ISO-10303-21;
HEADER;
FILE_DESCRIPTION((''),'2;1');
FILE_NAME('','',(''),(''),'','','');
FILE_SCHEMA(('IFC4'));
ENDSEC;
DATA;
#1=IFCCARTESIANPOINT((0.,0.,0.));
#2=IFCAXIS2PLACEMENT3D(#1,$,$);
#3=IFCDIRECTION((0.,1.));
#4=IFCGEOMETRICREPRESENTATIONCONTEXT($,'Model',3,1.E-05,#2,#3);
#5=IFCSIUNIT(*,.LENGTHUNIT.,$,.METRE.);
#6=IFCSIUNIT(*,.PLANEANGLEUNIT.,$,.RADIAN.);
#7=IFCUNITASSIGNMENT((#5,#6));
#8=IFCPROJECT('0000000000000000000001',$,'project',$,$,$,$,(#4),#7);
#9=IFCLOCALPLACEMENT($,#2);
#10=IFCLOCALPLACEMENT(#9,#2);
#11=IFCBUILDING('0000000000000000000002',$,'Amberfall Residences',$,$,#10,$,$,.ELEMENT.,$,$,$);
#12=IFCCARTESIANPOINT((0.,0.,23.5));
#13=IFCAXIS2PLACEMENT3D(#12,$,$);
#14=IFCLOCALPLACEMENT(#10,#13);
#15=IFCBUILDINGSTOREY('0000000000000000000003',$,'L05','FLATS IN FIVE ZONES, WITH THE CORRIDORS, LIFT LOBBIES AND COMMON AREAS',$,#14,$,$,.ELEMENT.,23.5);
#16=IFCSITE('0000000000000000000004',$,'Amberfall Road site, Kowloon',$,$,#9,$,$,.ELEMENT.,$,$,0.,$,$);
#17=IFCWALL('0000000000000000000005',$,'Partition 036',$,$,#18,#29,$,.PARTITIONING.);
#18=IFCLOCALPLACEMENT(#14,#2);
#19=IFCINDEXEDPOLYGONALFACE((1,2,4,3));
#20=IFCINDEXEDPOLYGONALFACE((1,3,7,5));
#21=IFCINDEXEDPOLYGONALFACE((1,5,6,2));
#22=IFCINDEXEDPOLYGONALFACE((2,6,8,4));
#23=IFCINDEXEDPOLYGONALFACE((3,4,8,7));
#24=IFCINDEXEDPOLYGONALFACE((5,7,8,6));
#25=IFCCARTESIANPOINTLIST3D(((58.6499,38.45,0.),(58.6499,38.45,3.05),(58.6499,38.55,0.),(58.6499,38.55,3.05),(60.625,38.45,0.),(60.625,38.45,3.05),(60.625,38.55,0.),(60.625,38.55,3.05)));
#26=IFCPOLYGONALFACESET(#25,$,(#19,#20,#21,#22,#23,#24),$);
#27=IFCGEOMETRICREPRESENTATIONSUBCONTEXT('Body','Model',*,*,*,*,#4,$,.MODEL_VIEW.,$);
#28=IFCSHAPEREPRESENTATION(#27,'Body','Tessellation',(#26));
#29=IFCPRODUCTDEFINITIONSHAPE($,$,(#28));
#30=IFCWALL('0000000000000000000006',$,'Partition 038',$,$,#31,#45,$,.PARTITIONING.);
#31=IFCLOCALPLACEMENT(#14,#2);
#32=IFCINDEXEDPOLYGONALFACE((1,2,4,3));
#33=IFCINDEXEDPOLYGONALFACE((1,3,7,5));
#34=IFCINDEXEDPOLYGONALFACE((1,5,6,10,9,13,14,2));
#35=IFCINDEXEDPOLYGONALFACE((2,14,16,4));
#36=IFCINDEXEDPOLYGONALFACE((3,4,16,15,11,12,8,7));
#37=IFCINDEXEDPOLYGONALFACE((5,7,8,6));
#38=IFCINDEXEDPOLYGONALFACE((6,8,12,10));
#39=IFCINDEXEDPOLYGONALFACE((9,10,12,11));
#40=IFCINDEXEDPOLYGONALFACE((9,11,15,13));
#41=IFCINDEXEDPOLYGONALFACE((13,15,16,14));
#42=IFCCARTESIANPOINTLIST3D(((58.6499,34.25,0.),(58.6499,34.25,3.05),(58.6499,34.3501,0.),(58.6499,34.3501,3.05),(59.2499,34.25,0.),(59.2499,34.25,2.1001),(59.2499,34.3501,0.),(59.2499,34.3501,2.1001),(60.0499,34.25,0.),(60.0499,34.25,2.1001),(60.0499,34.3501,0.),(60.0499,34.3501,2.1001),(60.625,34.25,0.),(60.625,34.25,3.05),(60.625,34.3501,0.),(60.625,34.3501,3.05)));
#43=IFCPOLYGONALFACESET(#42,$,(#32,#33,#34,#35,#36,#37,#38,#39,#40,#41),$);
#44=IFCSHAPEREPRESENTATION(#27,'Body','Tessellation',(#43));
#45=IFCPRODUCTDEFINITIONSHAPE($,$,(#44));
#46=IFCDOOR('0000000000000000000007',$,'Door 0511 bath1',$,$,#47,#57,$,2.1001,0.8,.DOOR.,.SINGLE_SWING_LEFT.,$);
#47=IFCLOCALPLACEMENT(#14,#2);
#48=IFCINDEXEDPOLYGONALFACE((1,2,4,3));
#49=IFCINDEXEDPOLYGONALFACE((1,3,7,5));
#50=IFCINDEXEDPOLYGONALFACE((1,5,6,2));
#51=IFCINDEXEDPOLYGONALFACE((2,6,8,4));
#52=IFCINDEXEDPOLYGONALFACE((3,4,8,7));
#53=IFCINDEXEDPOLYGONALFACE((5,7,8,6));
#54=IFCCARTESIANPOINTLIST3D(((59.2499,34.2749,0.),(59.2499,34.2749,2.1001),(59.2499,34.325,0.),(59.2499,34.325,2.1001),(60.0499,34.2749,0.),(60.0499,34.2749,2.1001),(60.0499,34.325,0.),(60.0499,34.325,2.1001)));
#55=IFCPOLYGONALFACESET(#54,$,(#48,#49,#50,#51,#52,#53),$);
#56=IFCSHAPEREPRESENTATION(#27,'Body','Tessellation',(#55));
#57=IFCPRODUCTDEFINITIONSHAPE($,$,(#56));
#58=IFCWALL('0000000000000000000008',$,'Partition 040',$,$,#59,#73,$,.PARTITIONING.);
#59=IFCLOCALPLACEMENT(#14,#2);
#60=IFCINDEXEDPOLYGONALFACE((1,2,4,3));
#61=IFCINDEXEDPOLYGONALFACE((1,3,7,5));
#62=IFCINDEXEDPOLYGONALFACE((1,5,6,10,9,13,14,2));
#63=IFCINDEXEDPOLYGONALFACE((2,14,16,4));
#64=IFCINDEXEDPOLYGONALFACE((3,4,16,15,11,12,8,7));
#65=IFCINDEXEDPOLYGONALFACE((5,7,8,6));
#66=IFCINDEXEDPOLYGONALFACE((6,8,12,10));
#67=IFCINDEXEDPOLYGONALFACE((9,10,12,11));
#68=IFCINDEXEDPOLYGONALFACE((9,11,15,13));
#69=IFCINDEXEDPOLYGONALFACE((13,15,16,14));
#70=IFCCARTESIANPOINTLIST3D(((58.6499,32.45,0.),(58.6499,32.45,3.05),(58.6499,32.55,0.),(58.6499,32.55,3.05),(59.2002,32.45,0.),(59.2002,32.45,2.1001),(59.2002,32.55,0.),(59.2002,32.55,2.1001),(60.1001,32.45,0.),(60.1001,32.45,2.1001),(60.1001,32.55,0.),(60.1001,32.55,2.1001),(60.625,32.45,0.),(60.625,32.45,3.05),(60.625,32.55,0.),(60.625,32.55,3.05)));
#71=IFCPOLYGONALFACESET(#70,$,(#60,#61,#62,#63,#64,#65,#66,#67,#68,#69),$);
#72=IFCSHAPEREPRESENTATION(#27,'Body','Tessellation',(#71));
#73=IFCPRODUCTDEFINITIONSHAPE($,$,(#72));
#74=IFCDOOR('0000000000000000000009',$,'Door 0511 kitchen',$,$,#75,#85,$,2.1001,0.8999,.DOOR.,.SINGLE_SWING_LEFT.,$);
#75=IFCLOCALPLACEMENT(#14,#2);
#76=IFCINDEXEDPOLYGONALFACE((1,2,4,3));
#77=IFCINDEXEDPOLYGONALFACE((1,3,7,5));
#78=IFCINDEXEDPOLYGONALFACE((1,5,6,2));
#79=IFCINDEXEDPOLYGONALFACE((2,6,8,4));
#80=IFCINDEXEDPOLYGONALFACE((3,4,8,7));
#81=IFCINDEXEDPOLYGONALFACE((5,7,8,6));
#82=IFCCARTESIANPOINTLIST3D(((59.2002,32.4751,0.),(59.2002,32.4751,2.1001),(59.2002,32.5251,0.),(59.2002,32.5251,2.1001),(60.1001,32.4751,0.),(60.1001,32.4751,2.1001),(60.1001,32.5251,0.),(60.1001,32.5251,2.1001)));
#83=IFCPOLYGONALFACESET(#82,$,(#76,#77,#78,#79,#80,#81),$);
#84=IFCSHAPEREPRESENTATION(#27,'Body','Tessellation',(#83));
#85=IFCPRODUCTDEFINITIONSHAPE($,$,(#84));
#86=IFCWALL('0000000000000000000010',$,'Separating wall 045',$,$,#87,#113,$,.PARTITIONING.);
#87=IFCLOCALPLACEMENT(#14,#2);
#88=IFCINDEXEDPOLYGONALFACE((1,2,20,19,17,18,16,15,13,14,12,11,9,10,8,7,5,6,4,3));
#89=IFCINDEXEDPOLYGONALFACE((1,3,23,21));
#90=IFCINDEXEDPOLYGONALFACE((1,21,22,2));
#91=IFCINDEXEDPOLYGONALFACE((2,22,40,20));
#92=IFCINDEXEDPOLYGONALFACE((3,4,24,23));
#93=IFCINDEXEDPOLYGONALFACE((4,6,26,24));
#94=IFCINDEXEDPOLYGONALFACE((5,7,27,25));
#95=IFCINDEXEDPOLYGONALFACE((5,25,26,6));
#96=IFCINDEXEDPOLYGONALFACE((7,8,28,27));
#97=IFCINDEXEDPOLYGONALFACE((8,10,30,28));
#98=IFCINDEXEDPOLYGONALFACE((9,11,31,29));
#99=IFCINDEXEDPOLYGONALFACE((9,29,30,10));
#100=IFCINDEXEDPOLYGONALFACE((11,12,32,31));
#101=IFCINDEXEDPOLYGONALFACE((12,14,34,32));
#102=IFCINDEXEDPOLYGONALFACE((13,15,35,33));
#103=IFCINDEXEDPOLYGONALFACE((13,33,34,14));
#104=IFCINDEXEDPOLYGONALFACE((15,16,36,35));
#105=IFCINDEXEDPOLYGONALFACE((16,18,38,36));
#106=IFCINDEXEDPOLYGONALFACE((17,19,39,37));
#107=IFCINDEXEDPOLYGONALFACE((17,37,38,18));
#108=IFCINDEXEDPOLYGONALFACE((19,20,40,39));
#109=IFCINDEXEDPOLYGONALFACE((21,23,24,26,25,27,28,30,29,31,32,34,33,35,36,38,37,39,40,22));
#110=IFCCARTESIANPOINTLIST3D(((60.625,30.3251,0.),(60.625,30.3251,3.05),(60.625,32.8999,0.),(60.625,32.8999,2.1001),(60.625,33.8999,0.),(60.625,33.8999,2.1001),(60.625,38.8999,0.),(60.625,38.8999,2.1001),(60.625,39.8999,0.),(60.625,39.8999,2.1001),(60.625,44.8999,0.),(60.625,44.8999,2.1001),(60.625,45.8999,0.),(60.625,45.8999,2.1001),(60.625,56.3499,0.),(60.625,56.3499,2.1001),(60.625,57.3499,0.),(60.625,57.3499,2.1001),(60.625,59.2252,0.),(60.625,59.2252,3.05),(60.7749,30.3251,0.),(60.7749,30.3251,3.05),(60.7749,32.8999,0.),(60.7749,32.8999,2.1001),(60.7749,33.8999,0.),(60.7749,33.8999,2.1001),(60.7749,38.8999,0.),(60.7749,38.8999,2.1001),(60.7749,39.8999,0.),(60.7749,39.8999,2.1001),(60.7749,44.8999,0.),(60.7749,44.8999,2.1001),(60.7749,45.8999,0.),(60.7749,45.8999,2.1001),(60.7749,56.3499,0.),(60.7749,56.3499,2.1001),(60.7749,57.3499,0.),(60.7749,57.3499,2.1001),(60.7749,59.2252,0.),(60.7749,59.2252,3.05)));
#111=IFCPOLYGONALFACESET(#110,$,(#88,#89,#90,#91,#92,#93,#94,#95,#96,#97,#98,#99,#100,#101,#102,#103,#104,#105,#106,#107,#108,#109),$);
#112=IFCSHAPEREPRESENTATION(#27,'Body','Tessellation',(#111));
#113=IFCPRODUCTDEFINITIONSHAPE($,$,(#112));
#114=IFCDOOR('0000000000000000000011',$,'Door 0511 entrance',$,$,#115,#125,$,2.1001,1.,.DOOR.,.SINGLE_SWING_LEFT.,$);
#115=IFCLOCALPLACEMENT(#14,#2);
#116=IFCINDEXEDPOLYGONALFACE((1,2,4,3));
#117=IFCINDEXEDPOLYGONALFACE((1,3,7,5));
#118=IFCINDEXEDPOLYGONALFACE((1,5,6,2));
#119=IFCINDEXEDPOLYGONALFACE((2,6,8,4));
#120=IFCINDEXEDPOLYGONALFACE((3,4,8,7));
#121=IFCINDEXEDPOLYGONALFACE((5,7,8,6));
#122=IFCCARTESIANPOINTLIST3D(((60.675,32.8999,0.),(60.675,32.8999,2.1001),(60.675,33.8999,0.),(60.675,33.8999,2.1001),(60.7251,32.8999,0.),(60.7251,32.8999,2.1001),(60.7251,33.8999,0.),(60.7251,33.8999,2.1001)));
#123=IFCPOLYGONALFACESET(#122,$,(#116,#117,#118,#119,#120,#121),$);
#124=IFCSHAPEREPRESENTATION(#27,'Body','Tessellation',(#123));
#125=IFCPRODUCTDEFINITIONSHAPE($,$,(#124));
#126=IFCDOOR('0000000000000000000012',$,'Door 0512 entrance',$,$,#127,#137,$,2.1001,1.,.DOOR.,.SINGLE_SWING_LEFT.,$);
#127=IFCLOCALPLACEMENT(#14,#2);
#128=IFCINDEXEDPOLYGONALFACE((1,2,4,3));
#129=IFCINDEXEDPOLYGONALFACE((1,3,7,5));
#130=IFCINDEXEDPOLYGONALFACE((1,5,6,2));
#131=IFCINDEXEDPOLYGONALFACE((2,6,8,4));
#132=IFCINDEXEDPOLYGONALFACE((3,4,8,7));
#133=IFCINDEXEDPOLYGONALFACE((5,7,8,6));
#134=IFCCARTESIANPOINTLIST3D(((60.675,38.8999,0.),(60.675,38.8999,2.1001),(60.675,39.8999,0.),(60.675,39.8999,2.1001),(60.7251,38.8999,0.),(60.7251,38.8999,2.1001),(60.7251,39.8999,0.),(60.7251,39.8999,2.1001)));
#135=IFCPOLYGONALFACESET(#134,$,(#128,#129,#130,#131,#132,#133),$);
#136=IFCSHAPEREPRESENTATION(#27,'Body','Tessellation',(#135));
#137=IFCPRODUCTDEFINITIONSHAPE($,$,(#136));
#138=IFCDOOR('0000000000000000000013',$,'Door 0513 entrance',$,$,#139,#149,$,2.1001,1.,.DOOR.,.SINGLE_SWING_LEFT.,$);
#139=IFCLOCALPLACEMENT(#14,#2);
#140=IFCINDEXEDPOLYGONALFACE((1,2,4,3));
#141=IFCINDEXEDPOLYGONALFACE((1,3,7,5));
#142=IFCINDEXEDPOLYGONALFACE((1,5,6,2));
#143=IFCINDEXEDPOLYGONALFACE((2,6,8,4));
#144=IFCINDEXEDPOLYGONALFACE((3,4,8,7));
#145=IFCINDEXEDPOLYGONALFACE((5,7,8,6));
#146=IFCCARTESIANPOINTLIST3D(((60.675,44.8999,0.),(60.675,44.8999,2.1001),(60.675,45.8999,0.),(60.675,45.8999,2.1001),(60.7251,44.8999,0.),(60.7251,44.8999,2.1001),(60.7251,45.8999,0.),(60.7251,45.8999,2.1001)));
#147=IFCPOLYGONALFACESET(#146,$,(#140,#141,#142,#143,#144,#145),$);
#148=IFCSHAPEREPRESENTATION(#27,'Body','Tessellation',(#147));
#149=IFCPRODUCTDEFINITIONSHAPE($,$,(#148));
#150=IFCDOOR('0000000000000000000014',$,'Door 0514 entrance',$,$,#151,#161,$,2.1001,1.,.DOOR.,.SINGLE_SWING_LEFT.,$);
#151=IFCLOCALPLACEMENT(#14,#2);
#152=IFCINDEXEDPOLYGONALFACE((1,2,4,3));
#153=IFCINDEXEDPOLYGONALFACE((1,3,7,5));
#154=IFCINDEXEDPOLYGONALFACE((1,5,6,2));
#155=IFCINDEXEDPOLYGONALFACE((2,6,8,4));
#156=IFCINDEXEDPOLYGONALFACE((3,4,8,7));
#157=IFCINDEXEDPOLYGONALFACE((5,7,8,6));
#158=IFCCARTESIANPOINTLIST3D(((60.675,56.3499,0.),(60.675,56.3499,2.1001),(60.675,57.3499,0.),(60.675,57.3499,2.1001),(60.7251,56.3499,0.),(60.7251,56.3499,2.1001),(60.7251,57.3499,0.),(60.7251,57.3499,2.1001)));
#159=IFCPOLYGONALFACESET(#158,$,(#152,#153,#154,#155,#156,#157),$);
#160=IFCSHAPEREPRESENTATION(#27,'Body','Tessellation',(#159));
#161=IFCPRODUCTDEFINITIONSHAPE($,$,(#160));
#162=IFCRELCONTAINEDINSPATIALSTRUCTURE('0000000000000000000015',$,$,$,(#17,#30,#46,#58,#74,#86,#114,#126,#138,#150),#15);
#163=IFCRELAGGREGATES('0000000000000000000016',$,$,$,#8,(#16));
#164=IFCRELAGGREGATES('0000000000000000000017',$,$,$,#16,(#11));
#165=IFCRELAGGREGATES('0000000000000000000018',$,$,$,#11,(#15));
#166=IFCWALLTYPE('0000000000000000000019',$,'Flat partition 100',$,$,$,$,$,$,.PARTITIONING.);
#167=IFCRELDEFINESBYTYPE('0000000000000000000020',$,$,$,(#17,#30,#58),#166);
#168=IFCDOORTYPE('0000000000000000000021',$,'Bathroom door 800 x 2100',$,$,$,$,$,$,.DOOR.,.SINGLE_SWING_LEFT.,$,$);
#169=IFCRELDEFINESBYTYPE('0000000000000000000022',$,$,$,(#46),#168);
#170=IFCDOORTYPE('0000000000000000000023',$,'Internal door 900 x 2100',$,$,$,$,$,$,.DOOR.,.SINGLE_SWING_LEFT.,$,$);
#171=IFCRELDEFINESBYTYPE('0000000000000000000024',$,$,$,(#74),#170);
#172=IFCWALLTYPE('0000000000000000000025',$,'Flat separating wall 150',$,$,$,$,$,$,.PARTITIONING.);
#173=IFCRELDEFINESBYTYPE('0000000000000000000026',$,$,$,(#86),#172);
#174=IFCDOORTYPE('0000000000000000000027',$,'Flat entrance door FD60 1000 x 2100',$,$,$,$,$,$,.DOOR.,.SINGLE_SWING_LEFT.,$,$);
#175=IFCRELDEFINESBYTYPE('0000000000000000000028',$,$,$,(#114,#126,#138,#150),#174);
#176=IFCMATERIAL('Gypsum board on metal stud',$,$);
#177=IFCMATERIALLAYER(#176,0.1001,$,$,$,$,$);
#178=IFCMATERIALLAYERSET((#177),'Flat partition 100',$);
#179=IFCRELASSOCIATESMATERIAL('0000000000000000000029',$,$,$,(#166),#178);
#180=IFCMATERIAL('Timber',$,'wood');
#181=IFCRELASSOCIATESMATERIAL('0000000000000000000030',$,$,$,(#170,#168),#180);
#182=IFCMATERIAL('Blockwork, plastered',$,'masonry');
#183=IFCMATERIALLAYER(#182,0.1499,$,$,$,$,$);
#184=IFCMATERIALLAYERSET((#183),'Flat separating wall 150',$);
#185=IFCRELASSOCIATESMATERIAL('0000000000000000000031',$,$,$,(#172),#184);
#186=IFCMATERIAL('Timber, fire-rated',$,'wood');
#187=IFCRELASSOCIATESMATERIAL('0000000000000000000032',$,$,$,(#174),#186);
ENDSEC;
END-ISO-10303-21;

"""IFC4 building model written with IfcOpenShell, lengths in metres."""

from ifc_helpers import new_model, si_unit, direction, frame, frame_2d, origin, place, context, subcontext, project, spatial, rectangle, extrude, material, layer, layer_set, type_object, element, fill, save


model = new_model("IFC4")

# Units and contexts
model_context = context("Model", 3, precision=1e-05, world=origin(), true_north=direction((0.0, 1.0)))
body_context = subcontext(model_context, "Body", "Model", "MODEL_VIEW")
ifc_project = project(units=[si_unit("LENGTHUNIT", "METRE"), si_unit("PLANEANGLEUNIT", "RADIAN")], contexts=[model_context])

# Site, building, storey
site_placement = place(None, origin())
site = spatial("IfcSite", under=ifc_project, at=site_placement, Name="Amberfall Road site, Kowloon", CompositionType="ELEMENT", RefElevation=0.0)
building_placement = place(site_placement, origin())
building = spatial("IfcBuilding", under=site, at=building_placement, Name="Amberfall Residences", CompositionType="ELEMENT")
storey_placement = place(building_placement, frame((0.0, 0.0, 23.5)))
storey = spatial("IfcBuildingStorey", under=building, at=storey_placement, Name="L05", Description="FLATS IN FIVE ZONES, WITH THE CORRIDORS, LIFT LOBBIES AND COMMON AREAS", CompositionType="ELEMENT", Elevation=23.5)

# Shared definitions
ifc_material_1 = material(Name="Gypsum board on metal stud")
ifc_layer_1 = layer(ifc_material_1, 0.1001)
ifc_layer_set_1 = layer_set([ifc_layer_1], Name="Flat partition 100")
wall_type_1 = type_object("IfcWallType", Name="Flat partition 100", PredefinedType="PARTITIONING", material=ifc_layer_set_1)

# Shared definitions
ifc_material_2 = material(Name="Timber", Category="wood")
door_type_1 = type_object("IfcDoorType", Name="Internal door 900 x 2100", OperationType="SINGLE_SWING_LEFT", PredefinedType="DOOR", material=ifc_material_2)

# Wall
wall_1_placement = place(storey_placement, frame((58.6499, 38.5, 0.0), z_axis=(0.0, 0.0, 1.0), x_axis=(1.0, 0.0, 0.0)))
element("IfcWall", 1, at=wall_1_placement, inside=storey, type_object=wall_type_1, Name="Partition 036", PredefinedType="PARTITIONING", context=body_context, shape_type="SweptSolid", body=[
    extrude(rectangle(XDim=1.9751, YDim=0.1001, at=frame_2d((0.9875, 0.0))), origin(), (0.0, 0.0, 1.0), 3.05),
])

# Walls, openings, doors
wall_2_placement = place(storey_placement, frame((58.6499, 34.3, 0.0), z_axis=(0.0, 0.0, 1.0), x_axis=(1.0, 0.0, 0.0)))
wall_2 = element("IfcWall", 2, at=wall_2_placement, inside=storey, type_object=wall_type_1, Name="Partition 038", PredefinedType="PARTITIONING", context=body_context, shape_type="SweptSolid", body=[
    extrude(rectangle(XDim=1.9751, YDim=0.1001, at=frame_2d((0.9875, 0.0))), origin(), (0.0, 0.0, 1.0), 3.05),
])
opening_1_placement = place(wall_2_placement, frame((0.6001, 0.0, 0.0)))
opening_1 = element("IfcOpeningElement", 3, at=opening_1_placement, cuts=wall_2, PredefinedType="OPENING", context=body_context, shape_type="SweptSolid", body=[
    extrude(rectangle(XDim=0.8, YDim=2.1001, at=frame_2d((0.3999, 1.05))), frame((0.0, 0.0601, 0.0), z_axis=(0.0, -1.0, 0.0), x_axis=(1.0, 0.0, 0.0)), (0.0, 0.0, 1.0), 0.1201),
])
door_type_2 = type_object("IfcDoorType", Name="Bathroom door 800 x 2100", OperationType="SINGLE_SWING_LEFT", PredefinedType="DOOR", material=ifc_material_2)
door_1_placement = place(opening_1_placement, origin())
door_1 = element("IfcDoor", 4, at=door_1_placement, inside=storey, type_object=door_type_2, Name="Door 0511 bath1", OperationType="SINGLE_SWING_LEFT", OverallHeight=2.1001, OverallWidth=0.8, PredefinedType="DOOR", context=body_context, shape_type="SweptSolid", body=[
    extrude(rectangle(XDim=0.8, YDim=2.1001, at=frame_2d((0.3999, 1.05))), frame((0.0, 0.0249, 0.0), z_axis=(0.0, -1.0, 0.0), x_axis=(1.0, 0.0, 0.0)), (0.0, 0.0, 1.0), 0.05),
])
fill(opening_1, door_1)
wall_3_placement = place(storey_placement, frame((60.625, 32.5, 0.0), z_axis=(0.0, 0.0, 1.0), x_axis=(-1.0, 0.0, 0.0)))
wall_3 = element("IfcWall", 5, at=wall_3_placement, inside=storey, type_object=wall_type_1, Name="Partition 040", PredefinedType="PARTITIONING", context=body_context, shape_type="SweptSolid", body=[
    extrude(rectangle(XDim=1.9751, YDim=0.1001, at=frame_2d((0.9875, 0.0))), origin(), (0.0, 0.0, 1.0), 3.05),
])
opening_2_placement = place(wall_3_placement, frame((0.5249, 0.0, 0.0)))
opening_2 = element("IfcOpeningElement", 6, at=opening_2_placement, cuts=wall_3, PredefinedType="OPENING", context=body_context, shape_type="SweptSolid", body=[
    extrude(rectangle(XDim=0.8999, YDim=2.1001, at=frame_2d((0.45, 1.05))), frame((0.0, 0.0601, 0.0), z_axis=(0.0, -1.0, 0.0), x_axis=(1.0, 0.0, 0.0)), (0.0, 0.0, 1.0), 0.1201),
])
door_2_placement = place(opening_2_placement, origin())
door_2 = element("IfcDoor", 7, at=door_2_placement, inside=storey, type_object=door_type_1, Name="Door 0511 kitchen", OperationType="SINGLE_SWING_LEFT", OverallHeight=2.1001, OverallWidth=0.8999, PredefinedType="DOOR", context=body_context, shape_type="SweptSolid", body=[
    extrude(rectangle(XDim=0.8999, YDim=2.1001, at=frame_2d((0.45, 1.05))), frame((0.0, 0.0249, 0.0), z_axis=(0.0, -1.0, 0.0), x_axis=(1.0, 0.0, 0.0)), (0.0, 0.0, 1.0), 0.05),
])
fill(opening_2, door_2)

# Wall, openings, doors
ifc_material_3 = material(Name="Blockwork, plastered", Category="masonry")
ifc_layer_2 = layer(ifc_material_3, 0.1499)
ifc_layer_set_2 = layer_set([ifc_layer_2], Name="Flat separating wall 150")
wall_type_2 = type_object("IfcWallType", Name="Flat separating wall 150", PredefinedType="PARTITIONING", material=ifc_layer_set_2)
wall_4_placement = place(storey_placement, frame((60.7, 30.325, 0.0), z_axis=(0.0, 0.0, 1.0), x_axis=(0.0, 1.0, 0.0)))
wall_4 = element("IfcWall", 8, at=wall_4_placement, inside=storey, type_object=wall_type_2, Name="Separating wall 045", PredefinedType="PARTITIONING", context=body_context, shape_type="SweptSolid", body=[
    extrude(rectangle(XDim=28.9001, YDim=0.1499, at=frame_2d((14.4502, 0.0))), origin(), (0.0, 0.0, 1.0), 3.05),
])
opening_3_placement = place(wall_4_placement, frame((2.575, 0.0, 0.0)))
opening_3 = element("IfcOpeningElement", 9, at=opening_3_placement, cuts=wall_4, PredefinedType="OPENING", context=body_context, shape_type="SweptSolid", body=[
    extrude(rectangle(XDim=1.0, YDim=2.1001, at=frame_2d((0.5, 1.05))), frame((0.0, 0.085, 0.0), z_axis=(0.0, -1.0, 0.0), x_axis=(1.0, 0.0, 0.0)), (0.0, 0.0, 1.0), 0.1699),
])
opening_4_placement = place(wall_4_placement, frame((8.575, 0.0, 0.0)))
opening_4 = element("IfcOpeningElement", 10, at=opening_4_placement, cuts=wall_4, PredefinedType="OPENING", context=body_context, shape_type="SweptSolid", body=[
    extrude(rectangle(XDim=1.0, YDim=2.1001, at=frame_2d((0.5, 1.05))), frame((0.0, 0.085, 0.0), z_axis=(0.0, -1.0, 0.0), x_axis=(1.0, 0.0, 0.0)), (0.0, 0.0, 1.0), 0.1699),
])
opening_5_placement = place(wall_4_placement, frame((14.575, 0.0, 0.0)))
opening_5 = element("IfcOpeningElement", 11, at=opening_5_placement, cuts=wall_4, PredefinedType="OPENING", context=body_context, shape_type="SweptSolid", body=[
    extrude(rectangle(XDim=1.0, YDim=2.1001, at=frame_2d((0.5, 1.05))), frame((0.0, 0.085, 0.0), z_axis=(0.0, -1.0, 0.0), x_axis=(1.0, 0.0, 0.0)), (0.0, 0.0, 1.0), 0.1699),
])
opening_6_placement = place(wall_4_placement, frame((26.0249, 0.0, 0.0)))
opening_6 = element("IfcOpeningElement", 12, at=opening_6_placement, cuts=wall_4, PredefinedType="OPENING", context=body_context, shape_type="SweptSolid", body=[
    extrude(rectangle(XDim=1.0, YDim=2.1001, at=frame_2d((0.5, 1.05))), frame((0.0, 0.085, 0.0), z_axis=(0.0, -1.0, 0.0), x_axis=(1.0, 0.0, 0.0)), (0.0, 0.0, 1.0), 0.1699),
])
ifc_material_4 = material(Name="Timber, fire-rated", Category="wood")
door_type_3 = type_object("IfcDoorType", Name="Flat entrance door FD60 1000 x 2100", OperationType="SINGLE_SWING_LEFT", PredefinedType="DOOR", material=ifc_material_4)
door_3_placement = place(opening_3_placement, origin())
door_3 = element("IfcDoor", 13, at=door_3_placement, inside=storey, type_object=door_type_3, Name="Door 0511 entrance", OperationType="SINGLE_SWING_LEFT", OverallHeight=2.1001, OverallWidth=1.0, PredefinedType="DOOR", context=body_context, shape_type="SweptSolid", body=[
    extrude(rectangle(XDim=1.0, YDim=2.1001, at=frame_2d((0.5, 1.05))), frame((0.0, 0.0249, 0.0), z_axis=(0.0, -1.0, 0.0), x_axis=(1.0, 0.0, 0.0)), (0.0, 0.0, 1.0), 0.05),
])
fill(opening_3, door_3)
door_4_placement = place(opening_4_placement, origin())
door_4 = element("IfcDoor", 14, at=door_4_placement, inside=storey, type_object=door_type_3, Name="Door 0512 entrance", OperationType="SINGLE_SWING_LEFT", OverallHeight=2.1001, OverallWidth=1.0, PredefinedType="DOOR", context=body_context, shape_type="SweptSolid", body=[
    extrude(rectangle(XDim=1.0, YDim=2.1001, at=frame_2d((0.5, 1.05))), frame((0.0, 0.0249, 0.0), z_axis=(0.0, -1.0, 0.0), x_axis=(1.0, 0.0, 0.0)), (0.0, 0.0, 1.0), 0.05),
])
fill(opening_4, door_4)
door_5_placement = place(opening_5_placement, origin())
door_5 = element("IfcDoor", 15, at=door_5_placement, inside=storey, type_object=door_type_3, Name="Door 0513 entrance", OperationType="SINGLE_SWING_LEFT", OverallHeight=2.1001, OverallWidth=1.0, PredefinedType="DOOR", context=body_context, shape_type="SweptSolid", body=[
    extrude(rectangle(XDim=1.0, YDim=2.1001, at=frame_2d((0.5, 1.05))), frame((0.0, 0.0249, 0.0), z_axis=(0.0, -1.0, 0.0), x_axis=(1.0, 0.0, 0.0)), (0.0, 0.0, 1.0), 0.05),
])
fill(opening_5, door_5)
door_6_placement = place(opening_6_placement, origin())
door_6 = element("IfcDoor", 16, at=door_6_placement, inside=storey, type_object=door_type_3, Name="Door 0514 entrance", OperationType="SINGLE_SWING_LEFT", OverallHeight=2.1001, OverallWidth=1.0, PredefinedType="DOOR", context=body_context, shape_type="SweptSolid", body=[
    extrude(rectangle(XDim=1.0, YDim=2.1001, at=frame_2d((0.5, 1.05))), frame((0.0, 0.0249, 0.0), z_axis=(0.0, -1.0, 0.0), x_axis=(1.0, 0.0, 0.0)), (0.0, 0.0, 1.0), 0.05),
])
fill(opening_6, door_6)

save(model, "model.ifc")
